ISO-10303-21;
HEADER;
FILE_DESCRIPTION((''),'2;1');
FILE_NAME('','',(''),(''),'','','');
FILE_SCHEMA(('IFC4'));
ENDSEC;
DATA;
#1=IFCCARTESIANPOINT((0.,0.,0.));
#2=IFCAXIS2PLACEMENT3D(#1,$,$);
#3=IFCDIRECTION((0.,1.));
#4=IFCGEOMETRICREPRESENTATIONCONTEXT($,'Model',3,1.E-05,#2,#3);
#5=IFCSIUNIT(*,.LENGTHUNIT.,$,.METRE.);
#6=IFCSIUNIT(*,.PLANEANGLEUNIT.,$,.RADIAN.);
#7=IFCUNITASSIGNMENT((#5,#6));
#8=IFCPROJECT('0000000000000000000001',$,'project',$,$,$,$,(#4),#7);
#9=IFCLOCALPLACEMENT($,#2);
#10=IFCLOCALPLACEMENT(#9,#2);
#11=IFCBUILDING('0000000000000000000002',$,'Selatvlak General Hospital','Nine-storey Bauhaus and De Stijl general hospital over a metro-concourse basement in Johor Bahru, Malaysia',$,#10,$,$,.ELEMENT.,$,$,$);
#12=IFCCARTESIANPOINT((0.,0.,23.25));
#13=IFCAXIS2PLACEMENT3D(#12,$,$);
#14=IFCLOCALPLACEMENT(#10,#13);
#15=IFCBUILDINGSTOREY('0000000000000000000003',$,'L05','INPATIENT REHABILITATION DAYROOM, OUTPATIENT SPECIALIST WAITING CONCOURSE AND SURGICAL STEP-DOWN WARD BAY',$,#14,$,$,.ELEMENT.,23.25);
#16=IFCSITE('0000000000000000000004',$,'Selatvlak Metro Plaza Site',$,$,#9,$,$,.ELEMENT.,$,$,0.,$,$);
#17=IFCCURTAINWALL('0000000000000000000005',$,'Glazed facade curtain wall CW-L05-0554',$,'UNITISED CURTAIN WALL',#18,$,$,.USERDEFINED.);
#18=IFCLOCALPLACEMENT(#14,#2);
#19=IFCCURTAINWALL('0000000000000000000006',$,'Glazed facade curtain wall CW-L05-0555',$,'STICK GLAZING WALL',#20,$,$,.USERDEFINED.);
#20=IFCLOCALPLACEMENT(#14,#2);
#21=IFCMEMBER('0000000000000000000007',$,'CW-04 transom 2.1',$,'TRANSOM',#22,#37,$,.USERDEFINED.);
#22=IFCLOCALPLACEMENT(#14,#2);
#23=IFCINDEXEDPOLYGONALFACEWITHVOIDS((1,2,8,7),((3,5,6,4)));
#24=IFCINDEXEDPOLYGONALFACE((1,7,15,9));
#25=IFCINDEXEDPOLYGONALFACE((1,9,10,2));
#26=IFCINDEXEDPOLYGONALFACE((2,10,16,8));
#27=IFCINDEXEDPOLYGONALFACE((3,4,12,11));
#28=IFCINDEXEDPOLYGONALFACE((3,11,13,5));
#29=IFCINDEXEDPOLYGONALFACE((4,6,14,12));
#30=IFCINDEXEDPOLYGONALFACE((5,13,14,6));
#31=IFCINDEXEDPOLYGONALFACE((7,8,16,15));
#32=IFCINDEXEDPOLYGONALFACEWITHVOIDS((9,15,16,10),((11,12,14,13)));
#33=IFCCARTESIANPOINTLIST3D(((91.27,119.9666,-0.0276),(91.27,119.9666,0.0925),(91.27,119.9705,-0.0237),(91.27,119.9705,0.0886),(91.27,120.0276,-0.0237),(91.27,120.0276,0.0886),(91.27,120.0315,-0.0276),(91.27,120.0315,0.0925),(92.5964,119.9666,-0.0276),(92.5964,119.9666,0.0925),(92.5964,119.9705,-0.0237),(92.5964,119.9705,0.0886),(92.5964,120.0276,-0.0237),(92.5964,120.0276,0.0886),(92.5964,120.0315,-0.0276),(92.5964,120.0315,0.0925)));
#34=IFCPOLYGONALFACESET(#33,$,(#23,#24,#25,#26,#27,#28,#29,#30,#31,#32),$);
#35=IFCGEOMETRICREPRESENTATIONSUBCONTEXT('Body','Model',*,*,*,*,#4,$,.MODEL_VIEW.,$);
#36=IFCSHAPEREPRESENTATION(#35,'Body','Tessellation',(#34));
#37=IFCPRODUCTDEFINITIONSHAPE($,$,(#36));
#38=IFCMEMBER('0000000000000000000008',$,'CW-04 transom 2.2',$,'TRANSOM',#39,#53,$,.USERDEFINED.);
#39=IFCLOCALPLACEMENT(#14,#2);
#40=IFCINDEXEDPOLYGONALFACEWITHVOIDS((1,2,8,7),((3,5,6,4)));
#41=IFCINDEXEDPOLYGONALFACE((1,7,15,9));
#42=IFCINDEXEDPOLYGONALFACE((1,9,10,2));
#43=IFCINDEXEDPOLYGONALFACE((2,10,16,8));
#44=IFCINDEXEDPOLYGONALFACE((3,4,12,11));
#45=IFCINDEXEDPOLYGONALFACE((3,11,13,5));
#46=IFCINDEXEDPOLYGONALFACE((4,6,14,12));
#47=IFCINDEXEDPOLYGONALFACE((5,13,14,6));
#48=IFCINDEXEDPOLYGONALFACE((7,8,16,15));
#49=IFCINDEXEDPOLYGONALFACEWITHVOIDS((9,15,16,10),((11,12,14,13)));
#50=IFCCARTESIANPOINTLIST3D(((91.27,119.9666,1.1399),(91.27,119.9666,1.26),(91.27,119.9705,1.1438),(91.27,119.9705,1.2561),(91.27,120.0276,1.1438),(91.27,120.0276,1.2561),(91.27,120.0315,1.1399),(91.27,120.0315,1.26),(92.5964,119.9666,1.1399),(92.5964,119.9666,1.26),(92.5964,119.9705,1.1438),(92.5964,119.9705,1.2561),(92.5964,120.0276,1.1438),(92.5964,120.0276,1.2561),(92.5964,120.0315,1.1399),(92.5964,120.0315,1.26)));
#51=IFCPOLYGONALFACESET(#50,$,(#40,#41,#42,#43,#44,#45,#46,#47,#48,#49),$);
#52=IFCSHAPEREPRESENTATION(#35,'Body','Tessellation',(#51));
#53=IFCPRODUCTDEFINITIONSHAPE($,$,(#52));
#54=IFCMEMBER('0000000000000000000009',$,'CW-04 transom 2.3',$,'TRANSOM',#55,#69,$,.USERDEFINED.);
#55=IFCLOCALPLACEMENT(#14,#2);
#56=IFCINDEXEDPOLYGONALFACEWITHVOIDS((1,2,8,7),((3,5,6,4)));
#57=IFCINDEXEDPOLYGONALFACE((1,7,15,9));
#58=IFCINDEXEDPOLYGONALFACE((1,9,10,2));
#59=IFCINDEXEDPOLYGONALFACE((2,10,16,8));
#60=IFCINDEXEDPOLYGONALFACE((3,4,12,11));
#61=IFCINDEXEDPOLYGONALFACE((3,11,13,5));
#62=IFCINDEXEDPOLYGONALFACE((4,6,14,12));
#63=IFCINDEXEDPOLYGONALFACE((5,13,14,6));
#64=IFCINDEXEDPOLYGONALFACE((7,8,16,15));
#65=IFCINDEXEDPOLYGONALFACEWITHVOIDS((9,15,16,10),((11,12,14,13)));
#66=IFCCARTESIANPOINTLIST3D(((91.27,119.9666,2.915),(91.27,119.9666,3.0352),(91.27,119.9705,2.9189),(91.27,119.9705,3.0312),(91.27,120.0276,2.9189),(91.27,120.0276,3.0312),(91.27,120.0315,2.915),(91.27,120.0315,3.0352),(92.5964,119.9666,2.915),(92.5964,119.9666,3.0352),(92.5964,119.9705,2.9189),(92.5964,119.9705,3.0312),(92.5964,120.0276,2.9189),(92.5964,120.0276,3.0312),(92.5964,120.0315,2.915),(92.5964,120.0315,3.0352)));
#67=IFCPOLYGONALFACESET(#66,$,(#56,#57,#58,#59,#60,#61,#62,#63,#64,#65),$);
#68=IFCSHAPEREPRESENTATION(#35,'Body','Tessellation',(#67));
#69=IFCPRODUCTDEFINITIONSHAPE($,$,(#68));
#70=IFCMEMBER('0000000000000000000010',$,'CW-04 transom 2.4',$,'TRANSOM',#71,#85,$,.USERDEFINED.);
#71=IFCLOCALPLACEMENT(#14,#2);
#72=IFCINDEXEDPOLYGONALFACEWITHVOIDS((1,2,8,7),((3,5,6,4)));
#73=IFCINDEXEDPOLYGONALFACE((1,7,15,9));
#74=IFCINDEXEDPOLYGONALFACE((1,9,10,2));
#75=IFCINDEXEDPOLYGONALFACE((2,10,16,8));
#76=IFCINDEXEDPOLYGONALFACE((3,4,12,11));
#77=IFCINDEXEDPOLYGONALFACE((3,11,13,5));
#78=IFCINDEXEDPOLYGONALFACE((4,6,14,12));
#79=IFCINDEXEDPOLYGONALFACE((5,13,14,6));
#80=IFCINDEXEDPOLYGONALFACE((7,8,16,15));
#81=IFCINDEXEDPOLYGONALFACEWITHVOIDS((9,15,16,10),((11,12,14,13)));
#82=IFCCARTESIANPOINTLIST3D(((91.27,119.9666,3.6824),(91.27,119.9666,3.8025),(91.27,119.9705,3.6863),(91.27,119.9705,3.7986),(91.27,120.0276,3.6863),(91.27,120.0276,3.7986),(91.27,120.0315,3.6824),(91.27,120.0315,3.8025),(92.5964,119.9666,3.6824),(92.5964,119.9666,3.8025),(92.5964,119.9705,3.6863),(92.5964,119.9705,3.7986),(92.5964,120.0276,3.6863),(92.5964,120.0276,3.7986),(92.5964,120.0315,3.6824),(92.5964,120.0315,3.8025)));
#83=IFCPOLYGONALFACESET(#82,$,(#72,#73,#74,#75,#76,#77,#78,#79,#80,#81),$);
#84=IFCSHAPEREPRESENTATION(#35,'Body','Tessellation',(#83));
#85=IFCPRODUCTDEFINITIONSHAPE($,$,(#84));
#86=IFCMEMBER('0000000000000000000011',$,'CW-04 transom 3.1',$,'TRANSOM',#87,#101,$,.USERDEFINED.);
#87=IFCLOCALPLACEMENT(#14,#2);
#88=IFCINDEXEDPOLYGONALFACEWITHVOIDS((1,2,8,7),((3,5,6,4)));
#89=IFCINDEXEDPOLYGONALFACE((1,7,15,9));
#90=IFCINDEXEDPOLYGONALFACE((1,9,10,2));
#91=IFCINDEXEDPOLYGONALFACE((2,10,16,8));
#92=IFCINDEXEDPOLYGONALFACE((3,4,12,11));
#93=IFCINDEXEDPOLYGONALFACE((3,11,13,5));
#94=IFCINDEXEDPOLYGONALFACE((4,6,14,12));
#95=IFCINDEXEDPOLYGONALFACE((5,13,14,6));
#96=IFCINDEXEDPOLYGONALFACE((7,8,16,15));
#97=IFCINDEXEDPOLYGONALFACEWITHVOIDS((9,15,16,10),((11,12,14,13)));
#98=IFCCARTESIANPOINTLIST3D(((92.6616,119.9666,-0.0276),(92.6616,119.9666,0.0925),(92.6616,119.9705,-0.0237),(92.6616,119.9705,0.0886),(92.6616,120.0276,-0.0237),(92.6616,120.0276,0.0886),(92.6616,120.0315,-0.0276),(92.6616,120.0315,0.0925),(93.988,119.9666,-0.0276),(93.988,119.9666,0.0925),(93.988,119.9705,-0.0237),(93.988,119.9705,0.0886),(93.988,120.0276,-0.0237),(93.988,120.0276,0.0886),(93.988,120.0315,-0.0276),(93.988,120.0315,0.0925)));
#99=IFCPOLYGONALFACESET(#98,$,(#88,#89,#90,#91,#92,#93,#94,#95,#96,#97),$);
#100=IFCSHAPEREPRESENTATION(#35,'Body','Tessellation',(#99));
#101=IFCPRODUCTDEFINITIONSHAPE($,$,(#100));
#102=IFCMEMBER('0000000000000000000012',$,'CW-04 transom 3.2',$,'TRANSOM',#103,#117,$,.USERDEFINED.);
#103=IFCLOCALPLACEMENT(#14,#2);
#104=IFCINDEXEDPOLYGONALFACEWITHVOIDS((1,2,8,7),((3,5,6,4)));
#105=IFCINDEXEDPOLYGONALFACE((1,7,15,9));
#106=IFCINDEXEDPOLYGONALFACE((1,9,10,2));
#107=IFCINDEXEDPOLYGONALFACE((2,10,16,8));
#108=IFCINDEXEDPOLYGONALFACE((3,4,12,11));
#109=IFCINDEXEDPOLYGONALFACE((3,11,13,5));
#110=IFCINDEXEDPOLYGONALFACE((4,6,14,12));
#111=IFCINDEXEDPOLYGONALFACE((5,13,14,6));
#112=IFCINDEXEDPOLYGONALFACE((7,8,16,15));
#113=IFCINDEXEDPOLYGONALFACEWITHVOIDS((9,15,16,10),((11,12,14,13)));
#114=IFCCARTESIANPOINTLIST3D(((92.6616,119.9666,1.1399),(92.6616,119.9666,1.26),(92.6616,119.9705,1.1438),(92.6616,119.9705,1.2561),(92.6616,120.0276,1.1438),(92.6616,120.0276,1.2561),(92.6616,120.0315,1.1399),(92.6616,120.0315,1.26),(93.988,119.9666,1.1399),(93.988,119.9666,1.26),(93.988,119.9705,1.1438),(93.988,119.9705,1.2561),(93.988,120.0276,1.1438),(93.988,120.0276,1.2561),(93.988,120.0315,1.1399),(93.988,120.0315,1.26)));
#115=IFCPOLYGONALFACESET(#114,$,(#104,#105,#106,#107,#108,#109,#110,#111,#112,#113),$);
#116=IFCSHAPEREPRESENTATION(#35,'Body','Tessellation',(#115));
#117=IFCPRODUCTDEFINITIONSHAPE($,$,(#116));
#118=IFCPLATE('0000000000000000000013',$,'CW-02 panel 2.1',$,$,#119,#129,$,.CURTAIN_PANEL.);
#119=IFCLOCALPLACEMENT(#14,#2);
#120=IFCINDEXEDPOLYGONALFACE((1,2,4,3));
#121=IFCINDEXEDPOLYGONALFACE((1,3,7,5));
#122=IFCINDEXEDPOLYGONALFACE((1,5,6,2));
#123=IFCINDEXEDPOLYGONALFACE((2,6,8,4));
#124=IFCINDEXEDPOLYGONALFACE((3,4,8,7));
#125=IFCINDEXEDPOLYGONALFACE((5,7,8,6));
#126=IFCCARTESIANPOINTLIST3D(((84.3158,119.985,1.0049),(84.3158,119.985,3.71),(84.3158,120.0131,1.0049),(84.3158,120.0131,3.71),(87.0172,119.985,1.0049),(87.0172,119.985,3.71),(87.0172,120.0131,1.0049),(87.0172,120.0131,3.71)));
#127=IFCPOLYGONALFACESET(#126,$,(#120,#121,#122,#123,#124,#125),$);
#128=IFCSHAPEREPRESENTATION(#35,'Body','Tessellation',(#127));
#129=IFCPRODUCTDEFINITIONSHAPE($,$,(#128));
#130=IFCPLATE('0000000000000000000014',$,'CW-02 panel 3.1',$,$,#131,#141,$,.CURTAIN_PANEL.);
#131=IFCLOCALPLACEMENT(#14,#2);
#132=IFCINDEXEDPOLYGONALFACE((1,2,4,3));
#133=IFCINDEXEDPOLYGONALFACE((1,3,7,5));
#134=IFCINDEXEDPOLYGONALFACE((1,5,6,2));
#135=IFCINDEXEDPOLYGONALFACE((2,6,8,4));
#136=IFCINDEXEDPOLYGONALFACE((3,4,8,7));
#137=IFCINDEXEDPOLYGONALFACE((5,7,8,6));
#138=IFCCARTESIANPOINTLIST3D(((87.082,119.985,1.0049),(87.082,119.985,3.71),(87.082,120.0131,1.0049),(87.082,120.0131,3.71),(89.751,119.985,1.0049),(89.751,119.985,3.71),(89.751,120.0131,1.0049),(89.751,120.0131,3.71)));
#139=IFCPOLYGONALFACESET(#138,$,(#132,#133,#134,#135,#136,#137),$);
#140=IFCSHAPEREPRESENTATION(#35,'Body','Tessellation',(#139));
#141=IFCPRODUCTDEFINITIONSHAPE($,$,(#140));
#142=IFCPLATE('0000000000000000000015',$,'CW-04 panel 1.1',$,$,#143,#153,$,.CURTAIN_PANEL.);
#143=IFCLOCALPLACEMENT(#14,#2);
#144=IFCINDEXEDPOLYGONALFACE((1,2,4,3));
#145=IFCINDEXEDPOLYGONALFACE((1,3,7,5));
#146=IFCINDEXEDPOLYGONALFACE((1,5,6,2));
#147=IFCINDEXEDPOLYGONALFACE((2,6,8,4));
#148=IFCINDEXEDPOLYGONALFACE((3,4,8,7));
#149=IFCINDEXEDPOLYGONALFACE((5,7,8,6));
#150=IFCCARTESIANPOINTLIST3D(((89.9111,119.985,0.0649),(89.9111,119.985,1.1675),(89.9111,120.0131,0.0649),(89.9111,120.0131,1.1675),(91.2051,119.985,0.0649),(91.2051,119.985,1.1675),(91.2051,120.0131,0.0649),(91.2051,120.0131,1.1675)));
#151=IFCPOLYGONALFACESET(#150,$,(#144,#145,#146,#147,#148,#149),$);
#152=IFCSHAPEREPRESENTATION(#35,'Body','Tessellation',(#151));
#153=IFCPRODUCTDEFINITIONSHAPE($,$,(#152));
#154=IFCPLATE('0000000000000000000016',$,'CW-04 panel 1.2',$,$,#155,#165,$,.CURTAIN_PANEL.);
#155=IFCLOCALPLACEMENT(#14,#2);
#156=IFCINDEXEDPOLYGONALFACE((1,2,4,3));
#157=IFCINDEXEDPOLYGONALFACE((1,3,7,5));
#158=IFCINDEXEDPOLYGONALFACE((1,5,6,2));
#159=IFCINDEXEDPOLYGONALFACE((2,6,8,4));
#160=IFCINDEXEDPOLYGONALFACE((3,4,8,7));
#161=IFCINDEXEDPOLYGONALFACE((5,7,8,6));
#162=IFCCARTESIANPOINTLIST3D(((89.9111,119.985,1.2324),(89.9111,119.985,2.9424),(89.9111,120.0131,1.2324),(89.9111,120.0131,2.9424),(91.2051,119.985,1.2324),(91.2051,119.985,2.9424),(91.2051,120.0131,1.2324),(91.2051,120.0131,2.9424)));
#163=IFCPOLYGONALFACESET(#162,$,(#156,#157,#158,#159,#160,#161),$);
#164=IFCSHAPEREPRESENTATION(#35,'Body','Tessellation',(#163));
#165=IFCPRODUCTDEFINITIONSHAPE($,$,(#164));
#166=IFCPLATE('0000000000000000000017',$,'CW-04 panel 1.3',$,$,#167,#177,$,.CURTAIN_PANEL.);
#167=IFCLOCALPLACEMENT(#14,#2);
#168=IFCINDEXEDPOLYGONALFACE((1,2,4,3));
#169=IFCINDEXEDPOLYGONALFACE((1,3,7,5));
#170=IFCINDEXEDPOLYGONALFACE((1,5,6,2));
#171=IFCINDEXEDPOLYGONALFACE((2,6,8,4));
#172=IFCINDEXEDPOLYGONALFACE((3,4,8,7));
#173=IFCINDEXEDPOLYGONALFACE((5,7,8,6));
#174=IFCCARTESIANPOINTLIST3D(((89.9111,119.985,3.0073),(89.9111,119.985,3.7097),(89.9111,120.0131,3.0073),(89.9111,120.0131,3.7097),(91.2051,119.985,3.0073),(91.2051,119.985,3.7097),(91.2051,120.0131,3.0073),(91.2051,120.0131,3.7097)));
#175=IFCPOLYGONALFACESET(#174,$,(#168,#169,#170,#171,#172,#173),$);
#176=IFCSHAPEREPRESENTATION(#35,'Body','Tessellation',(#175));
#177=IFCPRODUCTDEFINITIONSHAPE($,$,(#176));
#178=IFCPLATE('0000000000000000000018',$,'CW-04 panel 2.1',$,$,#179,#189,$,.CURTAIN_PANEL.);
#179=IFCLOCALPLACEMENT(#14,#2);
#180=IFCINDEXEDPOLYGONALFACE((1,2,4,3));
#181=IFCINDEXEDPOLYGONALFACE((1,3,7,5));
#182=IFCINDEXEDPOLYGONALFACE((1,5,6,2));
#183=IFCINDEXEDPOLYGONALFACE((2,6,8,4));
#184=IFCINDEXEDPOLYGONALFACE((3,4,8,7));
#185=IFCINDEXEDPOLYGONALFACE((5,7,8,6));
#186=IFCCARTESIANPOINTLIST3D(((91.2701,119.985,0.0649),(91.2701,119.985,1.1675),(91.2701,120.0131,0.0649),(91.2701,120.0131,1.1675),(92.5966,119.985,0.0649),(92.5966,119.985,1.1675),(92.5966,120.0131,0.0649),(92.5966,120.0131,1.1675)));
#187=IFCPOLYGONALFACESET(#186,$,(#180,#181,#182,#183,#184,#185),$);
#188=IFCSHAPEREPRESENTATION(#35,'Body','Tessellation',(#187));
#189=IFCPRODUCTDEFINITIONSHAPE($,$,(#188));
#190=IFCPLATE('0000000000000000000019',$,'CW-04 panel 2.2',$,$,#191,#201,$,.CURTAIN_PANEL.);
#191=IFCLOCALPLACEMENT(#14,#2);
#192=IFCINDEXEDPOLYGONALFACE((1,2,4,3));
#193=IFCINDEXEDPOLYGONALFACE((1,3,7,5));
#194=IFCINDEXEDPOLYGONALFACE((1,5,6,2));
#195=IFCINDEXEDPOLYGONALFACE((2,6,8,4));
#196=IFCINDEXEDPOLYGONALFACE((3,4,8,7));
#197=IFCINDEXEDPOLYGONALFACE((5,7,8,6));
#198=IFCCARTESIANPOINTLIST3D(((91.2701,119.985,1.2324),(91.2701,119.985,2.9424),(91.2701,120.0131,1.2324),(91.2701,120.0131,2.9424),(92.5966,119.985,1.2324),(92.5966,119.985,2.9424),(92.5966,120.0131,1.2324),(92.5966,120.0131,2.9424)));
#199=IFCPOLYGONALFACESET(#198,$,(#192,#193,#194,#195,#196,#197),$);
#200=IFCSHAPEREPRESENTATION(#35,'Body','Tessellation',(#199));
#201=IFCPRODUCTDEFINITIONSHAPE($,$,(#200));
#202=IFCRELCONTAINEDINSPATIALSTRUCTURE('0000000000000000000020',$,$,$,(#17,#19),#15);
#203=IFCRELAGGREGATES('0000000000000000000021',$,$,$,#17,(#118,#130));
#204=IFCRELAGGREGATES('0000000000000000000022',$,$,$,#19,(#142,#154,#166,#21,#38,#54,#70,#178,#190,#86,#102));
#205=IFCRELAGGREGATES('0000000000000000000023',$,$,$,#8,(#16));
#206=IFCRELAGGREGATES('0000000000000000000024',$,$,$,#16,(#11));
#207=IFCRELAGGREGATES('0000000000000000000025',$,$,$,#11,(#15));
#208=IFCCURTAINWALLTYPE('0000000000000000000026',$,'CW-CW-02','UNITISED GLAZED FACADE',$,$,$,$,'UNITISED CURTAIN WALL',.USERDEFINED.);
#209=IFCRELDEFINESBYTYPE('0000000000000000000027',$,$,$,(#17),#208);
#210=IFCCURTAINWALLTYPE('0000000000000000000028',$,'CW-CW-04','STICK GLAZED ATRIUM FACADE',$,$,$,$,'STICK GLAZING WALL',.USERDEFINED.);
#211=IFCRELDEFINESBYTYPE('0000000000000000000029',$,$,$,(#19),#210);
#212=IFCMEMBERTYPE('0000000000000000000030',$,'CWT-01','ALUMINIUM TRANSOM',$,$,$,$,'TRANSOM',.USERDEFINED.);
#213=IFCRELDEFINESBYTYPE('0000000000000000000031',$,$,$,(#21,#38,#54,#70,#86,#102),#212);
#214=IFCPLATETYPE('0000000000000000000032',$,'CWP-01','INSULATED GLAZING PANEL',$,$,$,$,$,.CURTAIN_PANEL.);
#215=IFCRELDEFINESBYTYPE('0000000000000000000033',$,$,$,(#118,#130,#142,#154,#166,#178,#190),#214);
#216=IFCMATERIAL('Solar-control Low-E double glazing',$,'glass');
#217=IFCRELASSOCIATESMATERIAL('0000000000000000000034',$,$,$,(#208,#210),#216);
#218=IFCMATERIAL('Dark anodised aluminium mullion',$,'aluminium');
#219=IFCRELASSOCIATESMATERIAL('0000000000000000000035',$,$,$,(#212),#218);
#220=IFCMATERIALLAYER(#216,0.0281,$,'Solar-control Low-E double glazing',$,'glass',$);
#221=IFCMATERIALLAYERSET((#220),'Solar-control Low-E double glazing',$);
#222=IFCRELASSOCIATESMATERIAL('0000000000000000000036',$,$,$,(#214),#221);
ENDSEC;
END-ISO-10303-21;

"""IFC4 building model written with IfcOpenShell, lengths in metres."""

from ifc_helpers import new_model, si_unit, direction, frame, origin, origin_2d, place, context, subcontext, project, spatial, rectangle, hollow_rectangle, extrude, material, layer, layer_set, material_profile, profile_set, type_object, element, aggregate, save


model = new_model("IFC4")

# Units and contexts
model_context = context("Model", 3, precision=1e-05, world=origin(), true_north=direction((0.0, 1.0)))
body_context = subcontext(model_context, "Body", "Model", "MODEL_VIEW")
ifc_project = project(units=[si_unit("LENGTHUNIT", "METRE"), si_unit("PLANEANGLEUNIT", "RADIAN")], contexts=[model_context])

# Site, building, storey
site_placement = place(None, origin())
site = spatial("IfcSite", under=ifc_project, at=site_placement, Name="Selatvlak Metro Plaza Site", CompositionType="ELEMENT", RefElevation=0.0)
building_placement = place(site_placement, origin())
building = spatial("IfcBuilding", under=site, at=building_placement, Name="Selatvlak General Hospital", Description="Nine-storey Bauhaus and De Stijl general hospital over a metro-concourse basement in Johor Bahru, Malaysia", CompositionType="ELEMENT")
storey_placement = place(building_placement, frame((0.0, 0.0, 23.25)))
storey = spatial("IfcBuildingStorey", under=building, at=storey_placement, Name="L05", Description="INPATIENT REHABILITATION DAYROOM, OUTPATIENT SPECIALIST WAITING CONCOURSE AND SURGICAL STEP-DOWN WARD BAY", CompositionType="ELEMENT", Elevation=23.25)

# Curtain walls
ifc_material_1 = material(Name="Solar-control Low-E double glazing", Category="glass")
curtain_wall_type_1 = type_object("IfcCurtainWallType", Name="CW-CW-02", Description="UNITISED GLAZED FACADE", ElementType="UNITISED CURTAIN WALL", PredefinedType="USERDEFINED", material=ifc_material_1)
curtain_wall_1_placement = place(storey_placement, origin())
curtain_wall_1 = element("IfcCurtainWall", 1, at=curtain_wall_1_placement, inside=storey, type_object=curtain_wall_type_1, Name="Glazed facade curtain wall CW-L05-0554", ObjectType="UNITISED CURTAIN WALL", PredefinedType="USERDEFINED")
ifc_material_2 = material(Name="Dark anodised aluminium mullion", Category="aluminium")
curtain_wall_type_2 = type_object("IfcCurtainWallType", Name="CW-CW-04", Description="STICK GLAZED ATRIUM FACADE", ElementType="STICK GLAZING WALL", PredefinedType="USERDEFINED", material=ifc_material_1)
curtain_wall_2_placement = place(storey_placement, origin())
curtain_wall_2 = element("IfcCurtainWall", 2, at=curtain_wall_2_placement, inside=storey, type_object=curtain_wall_type_2, Name="Glazed facade curtain wall CW-L05-0555", ObjectType="STICK GLAZING WALL", PredefinedType="USERDEFINED")

# Members
ifc_material_profile_1 = material_profile(ifc_material_2, hollow_rectangle(XDim=0.0649, YDim=0.1201, WallThickness=0.0039, at=origin_2d()), Name="AL-TRN 65x120x4")
ifc_profile_set_1 = profile_set([ifc_material_profile_1], Name="Dark anodised aluminium mullion")
member_type_1 = type_object("IfcMemberType", Name="CWT-01", Description="ALUMINIUM TRANSOM", ElementType="TRANSOM", PredefinedType="USERDEFINED", material=ifc_profile_set_1)
member_1_placement = place(storey_placement, frame((91.27, 119.999, 0.0325), z_axis=(1.0, 0.0, 0.0), x_axis=(0.0, 1.0, 0.0)))
member_1 = element("IfcMember", 3, at=member_1_placement, type_object=member_type_1, Name="CW-04 transom 2.1", ObjectType="TRANSOM", PredefinedType="USERDEFINED", context=body_context, shape_type="SweptSolid", body=[
    extrude(hollow_rectangle(XDim=0.0649, YDim=0.1201, WallThickness=0.0039, at=origin_2d()), origin(), (0.0, 0.0, 1.0), 1.3264),
])
member_2_placement = place(storey_placement, frame((91.27, 119.999, 1.2), z_axis=(1.0, 0.0, 0.0), x_axis=(0.0, 1.0, 0.0)))
member_2 = element("IfcMember", 4, at=member_2_placement, type_object=member_type_1, Name="CW-04 transom 2.2", ObjectType="TRANSOM", PredefinedType="USERDEFINED", context=body_context, shape_type="SweptSolid", body=[
    extrude(hollow_rectangle(XDim=0.0649, YDim=0.1201, WallThickness=0.0039, at=origin_2d()), origin(), (0.0, 0.0, 1.0), 1.3264),
])
member_3_placement = place(storey_placement, frame((91.27, 119.999, 2.9751), z_axis=(1.0, 0.0, 0.0), x_axis=(0.0, 1.0, 0.0)))
member_3 = element("IfcMember", 5, at=member_3_placement, type_object=member_type_1, Name="CW-04 transom 2.3", ObjectType="TRANSOM", PredefinedType="USERDEFINED", context=body_context, shape_type="SweptSolid", body=[
    extrude(hollow_rectangle(XDim=0.0649, YDim=0.1201, WallThickness=0.0039, at=origin_2d()), origin(), (0.0, 0.0, 1.0), 1.3264),
])
member_4_placement = place(storey_placement, frame((91.27, 119.999, 3.7424), z_axis=(1.0, 0.0, 0.0), x_axis=(0.0, 1.0, 0.0)))
member_4 = element("IfcMember", 6, at=member_4_placement, type_object=member_type_1, Name="CW-04 transom 2.4", ObjectType="TRANSOM", PredefinedType="USERDEFINED", context=body_context, shape_type="SweptSolid", body=[
    extrude(hollow_rectangle(XDim=0.0649, YDim=0.1201, WallThickness=0.0039, at=origin_2d()), origin(), (0.0, 0.0, 1.0), 1.3264),
])
member_5_placement = place(storey_placement, frame((92.6616, 119.999, 0.0325), z_axis=(1.0, 0.0, 0.0), x_axis=(0.0, 1.0, 0.0)))
member_5 = element("IfcMember", 7, at=member_5_placement, type_object=member_type_1, Name="CW-04 transom 3.1", ObjectType="TRANSOM", PredefinedType="USERDEFINED", context=body_context, shape_type="SweptSolid", body=[
    extrude(hollow_rectangle(XDim=0.0649, YDim=0.1201, WallThickness=0.0039, at=origin_2d()), origin(), (0.0, 0.0, 1.0), 1.3264),
])
member_6_placement = place(storey_placement, frame((92.6616, 119.999, 1.2), z_axis=(1.0, 0.0, 0.0), x_axis=(0.0, 1.0, 0.0)))
member_6 = element("IfcMember", 8, at=member_6_placement, type_object=member_type_1, Name="CW-04 transom 3.2", ObjectType="TRANSOM", PredefinedType="USERDEFINED", context=body_context, shape_type="SweptSolid", body=[
    extrude(hollow_rectangle(XDim=0.0649, YDim=0.1201, WallThickness=0.0039, at=origin_2d()), origin(), (0.0, 0.0, 1.0), 1.3264),
])

# Plates
ifc_layer_1 = layer(ifc_material_1, 0.0281, Name="Solar-control Low-E double glazing", Category="glass")
ifc_layer_set_1 = layer_set([ifc_layer_1], Name="Solar-control Low-E double glazing")
plate_type = type_object("IfcPlateType", Name="CWP-01", Description="INSULATED GLAZING PANEL", PredefinedType="CURTAIN_PANEL", material=ifc_layer_set_1)
plate_1_placement = place(storey_placement, frame((85.6665, 119.999, 1.0049), z_axis=(0.0, 0.0, 1.0), x_axis=(1.0, 0.0, 0.0)))
plate_1 = element("IfcPlate", 9, at=plate_1_placement, type_object=plate_type, Name="CW-02 panel 2.1", PredefinedType="CURTAIN_PANEL", context=body_context, shape_type="SweptSolid", body=[
    extrude(rectangle(XDim=2.7014, YDim=0.0281, at=origin_2d()), origin(), (0.0, 0.0, 1.0), 2.7051),
])
plate_2_placement = place(storey_placement, frame((88.4165, 119.999, 1.0049), z_axis=(0.0, 0.0, 1.0), x_axis=(1.0, 0.0, 0.0)))
plate_2 = element("IfcPlate", 10, at=plate_2_placement, type_object=plate_type, Name="CW-02 panel 3.1", PredefinedType="CURTAIN_PANEL", context=body_context, shape_type="SweptSolid", body=[
    extrude(rectangle(XDim=2.6689, YDim=0.0281, at=origin_2d()), origin(), (0.0, 0.0, 1.0), 2.7051),
])
aggregate(curtain_wall_1, [plate_1, plate_2])
plate_3_placement = place(storey_placement, frame((90.5581, 119.999, 0.0649), z_axis=(0.0, 0.0, 1.0), x_axis=(1.0, 0.0, 0.0)))
plate_3 = element("IfcPlate", 11, at=plate_3_placement, type_object=plate_type, Name="CW-04 panel 1.1", PredefinedType="CURTAIN_PANEL", context=body_context, shape_type="SweptSolid", body=[
    extrude(rectangle(XDim=1.2939, YDim=0.0281, at=origin_2d()), origin(), (0.0, 0.0, 1.0), 1.1025),
])
plate_4_placement = place(storey_placement, frame((90.5581, 119.999, 1.2324), z_axis=(0.0, 0.0, 1.0), x_axis=(1.0, 0.0, 0.0)))
plate_4 = element("IfcPlate", 12, at=plate_4_placement, type_object=plate_type, Name="CW-04 panel 1.2", PredefinedType="CURTAIN_PANEL", context=body_context, shape_type="SweptSolid", body=[
    extrude(rectangle(XDim=1.2939, YDim=0.0281, at=origin_2d()), origin(), (0.0, 0.0, 1.0), 1.71),
])
plate_5_placement = place(storey_placement, frame((90.5581, 119.999, 3.0073), z_axis=(0.0, 0.0, 1.0), x_axis=(1.0, 0.0, 0.0)))
plate_5 = element("IfcPlate", 13, at=plate_5_placement, type_object=plate_type, Name="CW-04 panel 1.3", PredefinedType="CURTAIN_PANEL", context=body_context, shape_type="SweptSolid", body=[
    extrude(rectangle(XDim=1.2939, YDim=0.0281, at=origin_2d()), origin(), (0.0, 0.0, 1.0), 0.7024),
])
plate_6_placement = place(storey_placement, frame((91.9333, 119.999, 0.0649), z_axis=(0.0, 0.0, 1.0), x_axis=(1.0, 0.0, 0.0)))
plate_6 = element("IfcPlate", 14, at=plate_6_placement, type_object=plate_type, Name="CW-04 panel 2.1", PredefinedType="CURTAIN_PANEL", context=body_context, shape_type="SweptSolid", body=[
    extrude(rectangle(XDim=1.3264, YDim=0.0281, at=origin_2d()), origin(), (0.0, 0.0, 1.0), 1.1025),
])
plate_7_placement = place(storey_placement, frame((91.9333, 119.999, 1.2324), z_axis=(0.0, 0.0, 1.0), x_axis=(1.0, 0.0, 0.0)))
plate_7 = element("IfcPlate", 15, at=plate_7_placement, type_object=plate_type, Name="CW-04 panel 2.2", PredefinedType="CURTAIN_PANEL", context=body_context, shape_type="SweptSolid", body=[
    extrude(rectangle(XDim=1.3264, YDim=0.0281, at=origin_2d()), origin(), (0.0, 0.0, 1.0), 1.71),
])
aggregate(curtain_wall_2, [plate_3, plate_4, plate_5, member_1, member_2, member_3, member_4, plate_6, plate_7, member_5, member_6])

save(model, "model.ifc")
